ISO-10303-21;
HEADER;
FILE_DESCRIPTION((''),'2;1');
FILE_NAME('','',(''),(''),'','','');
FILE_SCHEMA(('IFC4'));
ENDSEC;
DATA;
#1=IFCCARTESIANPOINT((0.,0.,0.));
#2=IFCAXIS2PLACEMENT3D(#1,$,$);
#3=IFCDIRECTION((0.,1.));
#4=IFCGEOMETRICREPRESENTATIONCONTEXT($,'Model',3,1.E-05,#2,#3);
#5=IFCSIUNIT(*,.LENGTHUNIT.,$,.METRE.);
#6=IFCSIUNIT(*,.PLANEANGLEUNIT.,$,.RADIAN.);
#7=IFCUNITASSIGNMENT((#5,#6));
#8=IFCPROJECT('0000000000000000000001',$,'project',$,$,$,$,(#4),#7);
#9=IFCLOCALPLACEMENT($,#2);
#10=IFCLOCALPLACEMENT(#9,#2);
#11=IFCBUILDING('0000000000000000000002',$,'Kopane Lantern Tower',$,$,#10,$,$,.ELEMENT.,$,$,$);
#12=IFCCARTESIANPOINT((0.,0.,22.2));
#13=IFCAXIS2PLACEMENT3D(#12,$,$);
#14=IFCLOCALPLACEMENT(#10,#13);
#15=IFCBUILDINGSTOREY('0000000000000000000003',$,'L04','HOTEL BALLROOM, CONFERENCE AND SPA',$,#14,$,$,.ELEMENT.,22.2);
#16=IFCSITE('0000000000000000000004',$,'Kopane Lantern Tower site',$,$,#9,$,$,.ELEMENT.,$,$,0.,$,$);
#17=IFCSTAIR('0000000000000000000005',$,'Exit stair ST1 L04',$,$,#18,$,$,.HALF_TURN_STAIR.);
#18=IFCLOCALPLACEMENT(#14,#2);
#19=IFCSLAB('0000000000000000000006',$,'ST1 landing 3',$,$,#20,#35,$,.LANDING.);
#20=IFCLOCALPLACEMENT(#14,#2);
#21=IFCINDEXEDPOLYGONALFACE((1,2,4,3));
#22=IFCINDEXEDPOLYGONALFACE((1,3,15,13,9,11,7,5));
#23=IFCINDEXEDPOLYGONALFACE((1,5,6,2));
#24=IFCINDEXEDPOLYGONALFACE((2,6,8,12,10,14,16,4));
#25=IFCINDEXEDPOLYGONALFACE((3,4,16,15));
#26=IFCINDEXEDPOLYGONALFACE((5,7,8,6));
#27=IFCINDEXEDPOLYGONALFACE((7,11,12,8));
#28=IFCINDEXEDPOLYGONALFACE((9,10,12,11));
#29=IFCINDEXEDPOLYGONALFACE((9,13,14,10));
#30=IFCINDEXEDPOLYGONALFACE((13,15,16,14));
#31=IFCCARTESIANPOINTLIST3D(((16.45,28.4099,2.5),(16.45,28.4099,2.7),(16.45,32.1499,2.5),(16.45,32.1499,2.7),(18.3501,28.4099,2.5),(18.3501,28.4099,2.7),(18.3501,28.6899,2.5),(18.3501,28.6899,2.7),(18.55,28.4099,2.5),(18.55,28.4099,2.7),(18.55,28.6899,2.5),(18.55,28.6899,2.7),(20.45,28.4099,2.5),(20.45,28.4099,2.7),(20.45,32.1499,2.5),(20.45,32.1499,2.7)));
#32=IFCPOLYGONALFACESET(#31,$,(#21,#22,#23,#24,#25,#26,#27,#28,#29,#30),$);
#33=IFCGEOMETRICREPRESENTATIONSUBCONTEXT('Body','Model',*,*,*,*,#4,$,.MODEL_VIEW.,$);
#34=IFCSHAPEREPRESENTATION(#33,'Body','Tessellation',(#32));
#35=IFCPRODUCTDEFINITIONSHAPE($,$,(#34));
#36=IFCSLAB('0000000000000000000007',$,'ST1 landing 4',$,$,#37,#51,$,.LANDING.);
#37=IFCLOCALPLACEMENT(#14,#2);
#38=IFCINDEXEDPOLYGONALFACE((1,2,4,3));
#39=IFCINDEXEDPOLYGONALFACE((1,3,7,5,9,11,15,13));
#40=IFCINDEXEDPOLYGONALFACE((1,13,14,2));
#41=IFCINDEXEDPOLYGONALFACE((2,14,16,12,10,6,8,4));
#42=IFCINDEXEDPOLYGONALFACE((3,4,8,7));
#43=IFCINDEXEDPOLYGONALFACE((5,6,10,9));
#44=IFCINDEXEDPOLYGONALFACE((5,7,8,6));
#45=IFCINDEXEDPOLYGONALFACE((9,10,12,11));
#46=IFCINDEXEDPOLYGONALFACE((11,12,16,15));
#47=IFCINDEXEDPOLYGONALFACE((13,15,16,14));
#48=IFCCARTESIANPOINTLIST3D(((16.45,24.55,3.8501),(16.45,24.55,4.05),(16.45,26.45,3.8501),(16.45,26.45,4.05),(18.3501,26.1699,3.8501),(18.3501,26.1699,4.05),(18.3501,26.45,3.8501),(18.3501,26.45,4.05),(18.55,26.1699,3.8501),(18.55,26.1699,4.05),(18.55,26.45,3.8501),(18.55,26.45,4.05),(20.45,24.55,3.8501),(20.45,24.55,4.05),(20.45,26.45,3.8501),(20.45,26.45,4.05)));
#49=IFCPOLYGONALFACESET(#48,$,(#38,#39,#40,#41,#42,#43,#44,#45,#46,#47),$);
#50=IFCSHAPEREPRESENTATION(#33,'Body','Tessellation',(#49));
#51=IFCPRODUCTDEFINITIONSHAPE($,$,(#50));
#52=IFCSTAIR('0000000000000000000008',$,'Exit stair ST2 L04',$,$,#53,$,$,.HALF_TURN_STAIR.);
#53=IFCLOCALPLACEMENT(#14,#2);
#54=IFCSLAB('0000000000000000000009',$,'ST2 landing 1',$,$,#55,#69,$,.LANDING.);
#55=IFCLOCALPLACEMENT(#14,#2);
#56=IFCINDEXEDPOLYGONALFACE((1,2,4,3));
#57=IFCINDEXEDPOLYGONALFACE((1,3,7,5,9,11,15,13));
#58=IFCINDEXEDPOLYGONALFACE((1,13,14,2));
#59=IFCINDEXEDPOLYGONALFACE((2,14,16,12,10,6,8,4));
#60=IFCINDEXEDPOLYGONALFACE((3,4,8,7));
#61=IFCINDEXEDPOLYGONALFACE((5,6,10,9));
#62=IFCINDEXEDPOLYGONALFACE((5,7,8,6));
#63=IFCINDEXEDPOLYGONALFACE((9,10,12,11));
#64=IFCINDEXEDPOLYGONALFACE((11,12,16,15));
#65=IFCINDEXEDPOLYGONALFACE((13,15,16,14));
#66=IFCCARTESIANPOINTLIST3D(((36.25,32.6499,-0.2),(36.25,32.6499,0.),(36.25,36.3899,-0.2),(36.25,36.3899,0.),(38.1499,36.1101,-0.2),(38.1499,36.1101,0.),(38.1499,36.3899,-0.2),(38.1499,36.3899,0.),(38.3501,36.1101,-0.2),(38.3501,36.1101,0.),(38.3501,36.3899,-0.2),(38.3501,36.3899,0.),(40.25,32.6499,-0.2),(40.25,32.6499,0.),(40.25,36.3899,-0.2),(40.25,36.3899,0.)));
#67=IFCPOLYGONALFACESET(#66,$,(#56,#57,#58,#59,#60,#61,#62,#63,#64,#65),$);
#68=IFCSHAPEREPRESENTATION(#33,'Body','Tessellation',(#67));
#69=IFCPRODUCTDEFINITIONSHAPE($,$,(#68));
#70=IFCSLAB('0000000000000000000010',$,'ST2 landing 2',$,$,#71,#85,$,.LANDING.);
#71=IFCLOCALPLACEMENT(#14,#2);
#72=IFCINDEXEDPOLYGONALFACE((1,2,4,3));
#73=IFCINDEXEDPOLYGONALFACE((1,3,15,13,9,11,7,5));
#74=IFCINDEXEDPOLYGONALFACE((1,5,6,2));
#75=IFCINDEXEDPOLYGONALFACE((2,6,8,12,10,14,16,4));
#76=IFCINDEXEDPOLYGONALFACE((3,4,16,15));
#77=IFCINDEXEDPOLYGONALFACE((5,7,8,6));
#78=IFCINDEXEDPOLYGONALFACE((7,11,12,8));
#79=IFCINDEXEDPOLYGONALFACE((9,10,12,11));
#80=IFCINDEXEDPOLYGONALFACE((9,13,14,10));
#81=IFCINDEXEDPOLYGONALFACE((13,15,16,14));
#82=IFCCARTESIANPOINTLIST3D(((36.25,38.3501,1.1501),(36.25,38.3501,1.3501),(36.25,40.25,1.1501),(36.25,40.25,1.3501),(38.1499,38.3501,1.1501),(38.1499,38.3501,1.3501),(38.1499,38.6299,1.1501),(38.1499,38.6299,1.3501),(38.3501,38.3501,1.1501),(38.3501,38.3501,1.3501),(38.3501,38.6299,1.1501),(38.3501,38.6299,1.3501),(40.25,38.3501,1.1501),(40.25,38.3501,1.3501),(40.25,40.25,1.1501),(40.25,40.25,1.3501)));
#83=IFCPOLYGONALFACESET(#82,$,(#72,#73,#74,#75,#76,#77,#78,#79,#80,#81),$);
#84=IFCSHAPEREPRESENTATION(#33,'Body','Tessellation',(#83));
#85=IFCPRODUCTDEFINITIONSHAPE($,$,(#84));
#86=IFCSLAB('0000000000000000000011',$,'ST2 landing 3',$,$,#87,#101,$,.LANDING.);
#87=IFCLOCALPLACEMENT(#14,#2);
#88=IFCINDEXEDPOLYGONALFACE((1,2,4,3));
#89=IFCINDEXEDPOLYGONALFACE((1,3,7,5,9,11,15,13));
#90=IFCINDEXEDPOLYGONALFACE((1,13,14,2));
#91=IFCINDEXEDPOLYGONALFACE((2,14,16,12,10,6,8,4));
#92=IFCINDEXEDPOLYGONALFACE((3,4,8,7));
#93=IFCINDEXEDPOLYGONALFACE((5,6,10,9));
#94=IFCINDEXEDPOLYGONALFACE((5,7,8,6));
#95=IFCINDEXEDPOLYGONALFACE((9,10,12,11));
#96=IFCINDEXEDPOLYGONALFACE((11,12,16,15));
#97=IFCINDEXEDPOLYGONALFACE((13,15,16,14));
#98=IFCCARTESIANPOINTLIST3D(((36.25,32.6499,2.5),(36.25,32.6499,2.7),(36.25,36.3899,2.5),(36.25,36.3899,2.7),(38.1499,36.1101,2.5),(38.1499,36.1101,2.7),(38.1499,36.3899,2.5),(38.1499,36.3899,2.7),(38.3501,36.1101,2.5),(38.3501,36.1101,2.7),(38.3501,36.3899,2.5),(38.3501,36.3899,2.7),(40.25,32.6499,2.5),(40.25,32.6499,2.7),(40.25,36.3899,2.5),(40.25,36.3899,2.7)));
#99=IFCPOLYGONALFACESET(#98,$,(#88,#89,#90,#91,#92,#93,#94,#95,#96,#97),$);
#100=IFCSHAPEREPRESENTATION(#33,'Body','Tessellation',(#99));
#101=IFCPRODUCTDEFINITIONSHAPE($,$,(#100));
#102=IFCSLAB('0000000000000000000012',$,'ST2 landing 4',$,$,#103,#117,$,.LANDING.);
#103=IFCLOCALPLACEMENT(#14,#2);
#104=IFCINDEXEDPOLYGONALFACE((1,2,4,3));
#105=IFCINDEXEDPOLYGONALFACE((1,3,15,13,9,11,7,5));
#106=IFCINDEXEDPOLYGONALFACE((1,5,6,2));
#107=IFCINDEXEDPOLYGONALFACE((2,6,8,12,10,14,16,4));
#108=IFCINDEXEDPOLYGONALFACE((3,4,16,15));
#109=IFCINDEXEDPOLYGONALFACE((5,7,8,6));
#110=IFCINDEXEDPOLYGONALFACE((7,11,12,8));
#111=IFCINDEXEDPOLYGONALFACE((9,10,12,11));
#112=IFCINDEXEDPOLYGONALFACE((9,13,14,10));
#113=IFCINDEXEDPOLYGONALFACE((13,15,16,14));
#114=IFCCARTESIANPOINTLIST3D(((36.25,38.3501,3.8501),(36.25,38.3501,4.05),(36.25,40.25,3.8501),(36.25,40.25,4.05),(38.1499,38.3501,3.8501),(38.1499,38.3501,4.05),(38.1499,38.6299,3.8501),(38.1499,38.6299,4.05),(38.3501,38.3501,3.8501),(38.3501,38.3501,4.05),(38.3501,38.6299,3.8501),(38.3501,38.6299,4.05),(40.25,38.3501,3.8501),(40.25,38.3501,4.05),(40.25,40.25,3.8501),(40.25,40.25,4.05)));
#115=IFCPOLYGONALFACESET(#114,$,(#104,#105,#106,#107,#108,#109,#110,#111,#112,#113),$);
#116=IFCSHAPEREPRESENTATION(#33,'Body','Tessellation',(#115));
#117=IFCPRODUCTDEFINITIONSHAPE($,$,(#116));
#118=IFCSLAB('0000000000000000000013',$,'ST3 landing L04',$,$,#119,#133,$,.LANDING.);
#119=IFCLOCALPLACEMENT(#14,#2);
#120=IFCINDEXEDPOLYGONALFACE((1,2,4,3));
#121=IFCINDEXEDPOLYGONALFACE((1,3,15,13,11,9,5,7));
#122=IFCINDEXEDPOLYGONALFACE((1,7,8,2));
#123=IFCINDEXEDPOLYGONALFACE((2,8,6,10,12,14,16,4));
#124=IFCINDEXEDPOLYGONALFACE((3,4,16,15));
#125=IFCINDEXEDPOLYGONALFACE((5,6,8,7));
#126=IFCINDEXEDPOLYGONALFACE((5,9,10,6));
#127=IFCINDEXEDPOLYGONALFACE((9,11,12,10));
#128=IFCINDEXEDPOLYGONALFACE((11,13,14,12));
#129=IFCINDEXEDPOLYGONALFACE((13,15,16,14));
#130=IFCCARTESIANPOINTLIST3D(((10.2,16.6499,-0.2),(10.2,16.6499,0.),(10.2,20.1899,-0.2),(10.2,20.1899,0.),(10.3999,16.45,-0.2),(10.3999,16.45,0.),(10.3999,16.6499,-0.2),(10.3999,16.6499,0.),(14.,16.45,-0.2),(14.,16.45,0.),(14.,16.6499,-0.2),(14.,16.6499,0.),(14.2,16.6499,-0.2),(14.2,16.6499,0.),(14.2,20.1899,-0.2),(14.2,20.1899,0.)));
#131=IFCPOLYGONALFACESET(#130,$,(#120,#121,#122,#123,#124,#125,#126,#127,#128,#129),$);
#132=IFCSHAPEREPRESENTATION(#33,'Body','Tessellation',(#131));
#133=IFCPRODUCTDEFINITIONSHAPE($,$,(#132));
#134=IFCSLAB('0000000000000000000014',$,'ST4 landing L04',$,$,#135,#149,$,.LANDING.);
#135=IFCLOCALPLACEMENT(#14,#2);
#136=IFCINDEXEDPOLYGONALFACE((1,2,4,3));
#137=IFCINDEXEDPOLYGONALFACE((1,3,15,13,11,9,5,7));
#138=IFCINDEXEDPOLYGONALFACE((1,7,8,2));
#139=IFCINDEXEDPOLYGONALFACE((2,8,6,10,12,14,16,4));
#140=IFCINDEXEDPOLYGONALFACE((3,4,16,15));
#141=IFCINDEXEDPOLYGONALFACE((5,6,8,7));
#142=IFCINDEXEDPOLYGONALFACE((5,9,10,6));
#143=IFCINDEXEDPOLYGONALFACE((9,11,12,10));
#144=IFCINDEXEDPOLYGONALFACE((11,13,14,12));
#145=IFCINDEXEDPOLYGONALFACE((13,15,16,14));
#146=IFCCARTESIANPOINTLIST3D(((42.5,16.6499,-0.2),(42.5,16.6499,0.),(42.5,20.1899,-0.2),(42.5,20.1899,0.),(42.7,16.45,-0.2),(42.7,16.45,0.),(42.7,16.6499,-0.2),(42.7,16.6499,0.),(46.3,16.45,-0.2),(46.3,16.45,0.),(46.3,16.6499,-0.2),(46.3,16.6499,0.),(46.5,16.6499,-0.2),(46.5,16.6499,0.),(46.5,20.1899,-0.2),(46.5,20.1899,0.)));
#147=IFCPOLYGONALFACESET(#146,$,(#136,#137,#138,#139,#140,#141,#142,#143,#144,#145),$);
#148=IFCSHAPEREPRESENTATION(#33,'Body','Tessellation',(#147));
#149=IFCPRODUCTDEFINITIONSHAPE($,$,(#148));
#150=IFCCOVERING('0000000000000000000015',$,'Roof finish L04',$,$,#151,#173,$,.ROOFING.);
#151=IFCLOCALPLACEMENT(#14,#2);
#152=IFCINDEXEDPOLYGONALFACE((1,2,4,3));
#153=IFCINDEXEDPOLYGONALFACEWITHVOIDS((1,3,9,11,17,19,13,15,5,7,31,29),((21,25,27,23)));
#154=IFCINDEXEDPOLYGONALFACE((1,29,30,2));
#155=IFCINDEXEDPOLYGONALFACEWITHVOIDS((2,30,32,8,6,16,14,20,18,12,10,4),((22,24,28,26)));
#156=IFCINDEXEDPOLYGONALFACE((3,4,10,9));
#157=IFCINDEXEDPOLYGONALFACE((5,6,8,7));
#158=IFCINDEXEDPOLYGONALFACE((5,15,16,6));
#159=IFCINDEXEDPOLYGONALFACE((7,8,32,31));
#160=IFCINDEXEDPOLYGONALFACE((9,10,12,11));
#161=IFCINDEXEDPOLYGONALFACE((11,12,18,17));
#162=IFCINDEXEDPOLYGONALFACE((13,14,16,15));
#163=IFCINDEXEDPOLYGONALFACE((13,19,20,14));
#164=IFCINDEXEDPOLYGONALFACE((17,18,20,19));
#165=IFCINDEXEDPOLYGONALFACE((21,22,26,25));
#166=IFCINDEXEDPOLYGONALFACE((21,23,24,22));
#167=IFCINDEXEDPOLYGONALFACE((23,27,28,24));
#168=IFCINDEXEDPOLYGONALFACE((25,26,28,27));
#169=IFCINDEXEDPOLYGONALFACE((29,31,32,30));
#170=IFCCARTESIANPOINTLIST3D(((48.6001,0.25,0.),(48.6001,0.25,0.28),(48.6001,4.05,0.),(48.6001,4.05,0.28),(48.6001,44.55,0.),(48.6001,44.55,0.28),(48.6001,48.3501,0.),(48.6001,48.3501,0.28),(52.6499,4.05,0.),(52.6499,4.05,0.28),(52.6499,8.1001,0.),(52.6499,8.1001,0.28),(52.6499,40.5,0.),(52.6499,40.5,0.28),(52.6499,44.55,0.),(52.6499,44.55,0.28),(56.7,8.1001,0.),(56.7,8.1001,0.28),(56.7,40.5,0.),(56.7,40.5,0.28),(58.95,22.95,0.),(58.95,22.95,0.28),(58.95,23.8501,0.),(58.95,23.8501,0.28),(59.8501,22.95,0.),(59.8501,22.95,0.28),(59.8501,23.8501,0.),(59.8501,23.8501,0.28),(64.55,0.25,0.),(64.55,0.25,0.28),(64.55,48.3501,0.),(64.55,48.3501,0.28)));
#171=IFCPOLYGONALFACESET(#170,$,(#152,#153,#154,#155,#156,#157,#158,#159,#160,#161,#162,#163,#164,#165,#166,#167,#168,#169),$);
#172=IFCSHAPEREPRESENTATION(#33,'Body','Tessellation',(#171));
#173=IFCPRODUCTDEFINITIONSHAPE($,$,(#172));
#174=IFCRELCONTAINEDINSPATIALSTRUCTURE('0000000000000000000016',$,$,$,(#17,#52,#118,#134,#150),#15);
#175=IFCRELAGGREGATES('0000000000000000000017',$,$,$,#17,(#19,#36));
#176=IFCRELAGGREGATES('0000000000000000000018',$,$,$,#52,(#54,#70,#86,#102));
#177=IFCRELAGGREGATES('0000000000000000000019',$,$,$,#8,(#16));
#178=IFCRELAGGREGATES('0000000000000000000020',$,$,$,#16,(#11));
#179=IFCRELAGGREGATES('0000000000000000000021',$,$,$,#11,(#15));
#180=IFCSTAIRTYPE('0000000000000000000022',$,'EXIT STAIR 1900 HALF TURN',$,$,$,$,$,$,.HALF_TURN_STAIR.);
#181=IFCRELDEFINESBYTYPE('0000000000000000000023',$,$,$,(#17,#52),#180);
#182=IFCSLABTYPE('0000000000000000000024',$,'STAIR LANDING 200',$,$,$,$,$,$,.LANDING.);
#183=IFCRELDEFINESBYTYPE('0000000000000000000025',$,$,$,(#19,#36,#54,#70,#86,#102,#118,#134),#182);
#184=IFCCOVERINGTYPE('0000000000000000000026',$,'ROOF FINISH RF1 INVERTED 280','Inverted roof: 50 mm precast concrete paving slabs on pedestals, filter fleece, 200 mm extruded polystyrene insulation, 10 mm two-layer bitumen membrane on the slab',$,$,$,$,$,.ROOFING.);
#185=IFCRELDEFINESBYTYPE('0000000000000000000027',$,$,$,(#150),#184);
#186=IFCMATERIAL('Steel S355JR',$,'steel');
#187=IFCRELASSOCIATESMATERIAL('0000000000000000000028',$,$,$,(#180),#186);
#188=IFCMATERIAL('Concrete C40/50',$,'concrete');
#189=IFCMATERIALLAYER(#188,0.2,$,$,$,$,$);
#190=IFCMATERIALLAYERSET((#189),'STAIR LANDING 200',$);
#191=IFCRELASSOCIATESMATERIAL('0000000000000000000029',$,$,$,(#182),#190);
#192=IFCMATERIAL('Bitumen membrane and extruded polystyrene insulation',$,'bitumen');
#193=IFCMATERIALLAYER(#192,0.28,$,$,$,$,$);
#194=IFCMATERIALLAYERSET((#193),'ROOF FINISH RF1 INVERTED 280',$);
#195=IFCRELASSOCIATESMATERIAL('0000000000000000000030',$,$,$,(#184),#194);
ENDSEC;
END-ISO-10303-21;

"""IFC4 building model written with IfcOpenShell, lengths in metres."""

from ifc_helpers import new_model, si_unit, direction, frame, origin, place, context, subcontext, project, spatial, polyline, outline, extrude, material, layer, layer_set, type_object, element, aggregate, save


model = new_model("IFC4")

# Units and contexts
model_context = context("Model", 3, precision=1e-05, world=origin(), true_north=direction((0.0, 1.0)))
body_context = subcontext(model_context, "Body", "Model", "MODEL_VIEW")
ifc_project = project(units=[si_unit("LENGTHUNIT", "METRE"), si_unit("PLANEANGLEUNIT", "RADIAN")], contexts=[model_context])

# Site, building, storey
site_placement = place(None, origin())
site = spatial("IfcSite", under=ifc_project, at=site_placement, Name="Kopane Lantern Tower site", CompositionType="ELEMENT", RefElevation=0.0)
building_placement = place(site_placement, origin())
building = spatial("IfcBuilding", under=site, at=building_placement, Name="Kopane Lantern Tower", CompositionType="ELEMENT")
storey_placement = place(building_placement, frame((0.0, 0.0, 22.2)))
storey = spatial("IfcBuildingStorey", under=building, at=storey_placement, Name="L04", Description="HOTEL BALLROOM, CONFERENCE AND SPA", CompositionType="ELEMENT", Elevation=22.2)

# Stairs, slabs
ifc_material_1 = material(Name="Steel S355JR", Category="steel")
stair_type = type_object("IfcStairType", Name="EXIT STAIR 1900 HALF TURN", PredefinedType="HALF_TURN_STAIR", material=ifc_material_1)
stair_1_placement = place(storey_placement, origin())
stair_1 = element("IfcStair", 1, at=stair_1_placement, inside=storey, type_object=stair_type, Name="Exit stair ST1 L04", PredefinedType="HALF_TURN_STAIR")
ifc_material_2 = material(Name="Concrete C40/50", Category="concrete")
ifc_layer_1 = layer(ifc_material_2, 0.2)
ifc_layer_set_1 = layer_set([ifc_layer_1], Name="STAIR LANDING 200")
slab_type_1 = type_object("IfcSlabType", Name="STAIR LANDING 200", PredefinedType="LANDING", material=ifc_layer_set_1)
slab_1_placement = place(storey_placement, frame((0.0, 0.0, 2.5)))
slab_1 = element("IfcSlab", 2, at=slab_1_placement, type_object=slab_type_1, Name="ST1 landing 3", PredefinedType="LANDING", context=body_context, shape_type="SweptSolid", body=[
    extrude(outline(polyline([(18.3501, 28.6899), (18.55, 28.6899), (18.55, 28.4099), (20.45, 28.4099), (20.45, 32.1499), (16.45, 32.1499), (16.45, 28.4099), (18.3501, 28.4099), (18.3501, 28.6899)])), origin(), (0.0, 0.0, 1.0), 0.2),
])
slab_2_placement = place(storey_placement, frame((0.0, 0.0, 3.8501)))
slab_2 = element("IfcSlab", 3, at=slab_2_placement, type_object=slab_type_1, Name="ST1 landing 4", PredefinedType="LANDING", context=body_context, shape_type="SweptSolid", body=[
    extrude(outline(polyline([(20.45, 26.45), (18.55, 26.45), (18.55, 26.1699), (18.3501, 26.1699), (18.3501, 26.45), (16.45, 26.45), (16.45, 24.55), (20.45, 24.55), (20.45, 26.45)])), origin(), (0.0, 0.0, 1.0), 0.2),
])
aggregate(stair_1, [slab_1, slab_2])
stair_2_placement = place(storey_placement, origin())
stair_2 = element("IfcStair", 4, at=stair_2_placement, inside=storey, type_object=stair_type, Name="Exit stair ST2 L04", PredefinedType="HALF_TURN_STAIR")
slab_3_placement = place(storey_placement, frame((0.0, 0.0, -0.2)))
slab_3 = element("IfcSlab", 5, at=slab_3_placement, type_object=slab_type_1, Name="ST2 landing 1", PredefinedType="LANDING", context=body_context, shape_type="SweptSolid", body=[
    extrude(outline(polyline([(40.25, 36.3899), (38.3501, 36.3899), (38.3501, 36.1101), (38.1499, 36.1101), (38.1499, 36.3899), (36.25, 36.3899), (36.25, 32.6499), (40.25, 32.6499), (40.25, 36.3899)])), origin(), (0.0, 0.0, 1.0), 0.2),
])
slab_4_placement = place(storey_placement, frame((0.0, 0.0, 1.1501)))
slab_4 = element("IfcSlab", 6, at=slab_4_placement, type_object=slab_type_1, Name="ST2 landing 2", PredefinedType="LANDING", context=body_context, shape_type="SweptSolid", body=[
    extrude(outline(polyline([(38.1499, 38.6299), (38.3501, 38.6299), (38.3501, 38.3501), (40.25, 38.3501), (40.25, 40.25), (36.25, 40.25), (36.25, 38.3501), (38.1499, 38.3501), (38.1499, 38.6299)])), origin(), (0.0, 0.0, 1.0), 0.2),
])
slab_5_placement = place(storey_placement, frame((0.0, 0.0, 2.5)))
slab_5 = element("IfcSlab", 7, at=slab_5_placement, type_object=slab_type_1, Name="ST2 landing 3", PredefinedType="LANDING", context=body_context, shape_type="SweptSolid", body=[
    extrude(outline(polyline([(40.25, 36.3899), (38.3501, 36.3899), (38.3501, 36.1101), (38.1499, 36.1101), (38.1499, 36.3899), (36.25, 36.3899), (36.25, 32.6499), (40.25, 32.6499), (40.25, 36.3899)])), origin(), (0.0, 0.0, 1.0), 0.2),
])
slab_6_placement = place(storey_placement, frame((0.0, 0.0, 3.8501)))
slab_6 = element("IfcSlab", 8, at=slab_6_placement, type_object=slab_type_1, Name="ST2 landing 4", PredefinedType="LANDING", context=body_context, shape_type="SweptSolid", body=[
    extrude(outline(polyline([(38.1499, 38.6299), (38.3501, 38.6299), (38.3501, 38.3501), (40.25, 38.3501), (40.25, 40.25), (36.25, 40.25), (36.25, 38.3501), (38.1499, 38.3501), (38.1499, 38.6299)])), origin(), (0.0, 0.0, 1.0), 0.2),
])
aggregate(stair_2, [slab_3, slab_4, slab_5, slab_6])

# Slabs
slab_7_placement = place(storey_placement, frame((0.0, 0.0, -0.2)))
element("IfcSlab", 9, at=slab_7_placement, inside=storey, type_object=slab_type_1, Name="ST3 landing L04", PredefinedType="LANDING", context=body_context, shape_type="SweptSolid", body=[
    extrude(outline(polyline([(14.2, 16.6499), (14.2, 20.1899), (10.2, 20.1899), (10.2, 16.6499), (10.3999, 16.6499), (10.3999, 16.45), (14.0, 16.45), (14.0, 16.6499), (14.2, 16.6499)])), origin(), (0.0, 0.0, 1.0), 0.2),
])
slab_8_placement = place(storey_placement, frame((0.0, 0.0, -0.2)))
element("IfcSlab", 10, at=slab_8_placement, inside=storey, type_object=slab_type_1, Name="ST4 landing L04", PredefinedType="LANDING", context=body_context, shape_type="SweptSolid", body=[
    extrude(outline(polyline([(46.5, 16.6499), (46.5, 20.1899), (42.5, 20.1899), (42.5, 16.6499), (42.7, 16.6499), (42.7, 16.45), (46.3, 16.45), (46.3, 16.6499), (46.5, 16.6499)])), origin(), (0.0, 0.0, 1.0), 0.2),
])

# Covering
ifc_material_3 = material(Name="Bitumen membrane and extruded polystyrene insulation", Category="bitumen")
ifc_layer_2 = layer(ifc_material_3, 0.28)
ifc_layer_set_2 = layer_set([ifc_layer_2], Name="ROOF FINISH RF1 INVERTED 280")
covering_type = type_object("IfcCoveringType", Name="ROOF FINISH RF1 INVERTED 280", Description="Inverted roof: 50 mm precast concrete paving slabs on pedestals, filter fleece, 200 mm extruded polystyrene insulation, 10 mm two-layer bitumen membrane on the slab", PredefinedType="ROOFING", material=ifc_layer_set_2)
covering_placement = place(storey_placement, origin())
element("IfcCovering", 11, at=covering_placement, inside=storey, type_object=covering_type, Name="Roof finish L04", PredefinedType="ROOFING", context=body_context, shape_type="SweptSolid", body=[
    extrude(outline(polyline([(48.6001, 4.05), (48.6001, 0.25), (64.55, 0.25), (64.55, 48.3501), (48.6001, 48.3501), (48.6001, 44.55), (52.6499, 44.55), (52.6499, 40.5), (56.7, 40.5), (56.7, 8.1001), (52.6499, 8.1001), (52.6499, 4.05), (48.6001, 4.05)]), holes=[polyline([(58.95, 22.95), (58.95, 23.8501), (59.8501, 23.8501), (59.8501, 22.95), (58.95, 22.95)])]), origin(), (0.0, 0.0, 1.0), 0.28),
])

save(model, "model.ifc")
